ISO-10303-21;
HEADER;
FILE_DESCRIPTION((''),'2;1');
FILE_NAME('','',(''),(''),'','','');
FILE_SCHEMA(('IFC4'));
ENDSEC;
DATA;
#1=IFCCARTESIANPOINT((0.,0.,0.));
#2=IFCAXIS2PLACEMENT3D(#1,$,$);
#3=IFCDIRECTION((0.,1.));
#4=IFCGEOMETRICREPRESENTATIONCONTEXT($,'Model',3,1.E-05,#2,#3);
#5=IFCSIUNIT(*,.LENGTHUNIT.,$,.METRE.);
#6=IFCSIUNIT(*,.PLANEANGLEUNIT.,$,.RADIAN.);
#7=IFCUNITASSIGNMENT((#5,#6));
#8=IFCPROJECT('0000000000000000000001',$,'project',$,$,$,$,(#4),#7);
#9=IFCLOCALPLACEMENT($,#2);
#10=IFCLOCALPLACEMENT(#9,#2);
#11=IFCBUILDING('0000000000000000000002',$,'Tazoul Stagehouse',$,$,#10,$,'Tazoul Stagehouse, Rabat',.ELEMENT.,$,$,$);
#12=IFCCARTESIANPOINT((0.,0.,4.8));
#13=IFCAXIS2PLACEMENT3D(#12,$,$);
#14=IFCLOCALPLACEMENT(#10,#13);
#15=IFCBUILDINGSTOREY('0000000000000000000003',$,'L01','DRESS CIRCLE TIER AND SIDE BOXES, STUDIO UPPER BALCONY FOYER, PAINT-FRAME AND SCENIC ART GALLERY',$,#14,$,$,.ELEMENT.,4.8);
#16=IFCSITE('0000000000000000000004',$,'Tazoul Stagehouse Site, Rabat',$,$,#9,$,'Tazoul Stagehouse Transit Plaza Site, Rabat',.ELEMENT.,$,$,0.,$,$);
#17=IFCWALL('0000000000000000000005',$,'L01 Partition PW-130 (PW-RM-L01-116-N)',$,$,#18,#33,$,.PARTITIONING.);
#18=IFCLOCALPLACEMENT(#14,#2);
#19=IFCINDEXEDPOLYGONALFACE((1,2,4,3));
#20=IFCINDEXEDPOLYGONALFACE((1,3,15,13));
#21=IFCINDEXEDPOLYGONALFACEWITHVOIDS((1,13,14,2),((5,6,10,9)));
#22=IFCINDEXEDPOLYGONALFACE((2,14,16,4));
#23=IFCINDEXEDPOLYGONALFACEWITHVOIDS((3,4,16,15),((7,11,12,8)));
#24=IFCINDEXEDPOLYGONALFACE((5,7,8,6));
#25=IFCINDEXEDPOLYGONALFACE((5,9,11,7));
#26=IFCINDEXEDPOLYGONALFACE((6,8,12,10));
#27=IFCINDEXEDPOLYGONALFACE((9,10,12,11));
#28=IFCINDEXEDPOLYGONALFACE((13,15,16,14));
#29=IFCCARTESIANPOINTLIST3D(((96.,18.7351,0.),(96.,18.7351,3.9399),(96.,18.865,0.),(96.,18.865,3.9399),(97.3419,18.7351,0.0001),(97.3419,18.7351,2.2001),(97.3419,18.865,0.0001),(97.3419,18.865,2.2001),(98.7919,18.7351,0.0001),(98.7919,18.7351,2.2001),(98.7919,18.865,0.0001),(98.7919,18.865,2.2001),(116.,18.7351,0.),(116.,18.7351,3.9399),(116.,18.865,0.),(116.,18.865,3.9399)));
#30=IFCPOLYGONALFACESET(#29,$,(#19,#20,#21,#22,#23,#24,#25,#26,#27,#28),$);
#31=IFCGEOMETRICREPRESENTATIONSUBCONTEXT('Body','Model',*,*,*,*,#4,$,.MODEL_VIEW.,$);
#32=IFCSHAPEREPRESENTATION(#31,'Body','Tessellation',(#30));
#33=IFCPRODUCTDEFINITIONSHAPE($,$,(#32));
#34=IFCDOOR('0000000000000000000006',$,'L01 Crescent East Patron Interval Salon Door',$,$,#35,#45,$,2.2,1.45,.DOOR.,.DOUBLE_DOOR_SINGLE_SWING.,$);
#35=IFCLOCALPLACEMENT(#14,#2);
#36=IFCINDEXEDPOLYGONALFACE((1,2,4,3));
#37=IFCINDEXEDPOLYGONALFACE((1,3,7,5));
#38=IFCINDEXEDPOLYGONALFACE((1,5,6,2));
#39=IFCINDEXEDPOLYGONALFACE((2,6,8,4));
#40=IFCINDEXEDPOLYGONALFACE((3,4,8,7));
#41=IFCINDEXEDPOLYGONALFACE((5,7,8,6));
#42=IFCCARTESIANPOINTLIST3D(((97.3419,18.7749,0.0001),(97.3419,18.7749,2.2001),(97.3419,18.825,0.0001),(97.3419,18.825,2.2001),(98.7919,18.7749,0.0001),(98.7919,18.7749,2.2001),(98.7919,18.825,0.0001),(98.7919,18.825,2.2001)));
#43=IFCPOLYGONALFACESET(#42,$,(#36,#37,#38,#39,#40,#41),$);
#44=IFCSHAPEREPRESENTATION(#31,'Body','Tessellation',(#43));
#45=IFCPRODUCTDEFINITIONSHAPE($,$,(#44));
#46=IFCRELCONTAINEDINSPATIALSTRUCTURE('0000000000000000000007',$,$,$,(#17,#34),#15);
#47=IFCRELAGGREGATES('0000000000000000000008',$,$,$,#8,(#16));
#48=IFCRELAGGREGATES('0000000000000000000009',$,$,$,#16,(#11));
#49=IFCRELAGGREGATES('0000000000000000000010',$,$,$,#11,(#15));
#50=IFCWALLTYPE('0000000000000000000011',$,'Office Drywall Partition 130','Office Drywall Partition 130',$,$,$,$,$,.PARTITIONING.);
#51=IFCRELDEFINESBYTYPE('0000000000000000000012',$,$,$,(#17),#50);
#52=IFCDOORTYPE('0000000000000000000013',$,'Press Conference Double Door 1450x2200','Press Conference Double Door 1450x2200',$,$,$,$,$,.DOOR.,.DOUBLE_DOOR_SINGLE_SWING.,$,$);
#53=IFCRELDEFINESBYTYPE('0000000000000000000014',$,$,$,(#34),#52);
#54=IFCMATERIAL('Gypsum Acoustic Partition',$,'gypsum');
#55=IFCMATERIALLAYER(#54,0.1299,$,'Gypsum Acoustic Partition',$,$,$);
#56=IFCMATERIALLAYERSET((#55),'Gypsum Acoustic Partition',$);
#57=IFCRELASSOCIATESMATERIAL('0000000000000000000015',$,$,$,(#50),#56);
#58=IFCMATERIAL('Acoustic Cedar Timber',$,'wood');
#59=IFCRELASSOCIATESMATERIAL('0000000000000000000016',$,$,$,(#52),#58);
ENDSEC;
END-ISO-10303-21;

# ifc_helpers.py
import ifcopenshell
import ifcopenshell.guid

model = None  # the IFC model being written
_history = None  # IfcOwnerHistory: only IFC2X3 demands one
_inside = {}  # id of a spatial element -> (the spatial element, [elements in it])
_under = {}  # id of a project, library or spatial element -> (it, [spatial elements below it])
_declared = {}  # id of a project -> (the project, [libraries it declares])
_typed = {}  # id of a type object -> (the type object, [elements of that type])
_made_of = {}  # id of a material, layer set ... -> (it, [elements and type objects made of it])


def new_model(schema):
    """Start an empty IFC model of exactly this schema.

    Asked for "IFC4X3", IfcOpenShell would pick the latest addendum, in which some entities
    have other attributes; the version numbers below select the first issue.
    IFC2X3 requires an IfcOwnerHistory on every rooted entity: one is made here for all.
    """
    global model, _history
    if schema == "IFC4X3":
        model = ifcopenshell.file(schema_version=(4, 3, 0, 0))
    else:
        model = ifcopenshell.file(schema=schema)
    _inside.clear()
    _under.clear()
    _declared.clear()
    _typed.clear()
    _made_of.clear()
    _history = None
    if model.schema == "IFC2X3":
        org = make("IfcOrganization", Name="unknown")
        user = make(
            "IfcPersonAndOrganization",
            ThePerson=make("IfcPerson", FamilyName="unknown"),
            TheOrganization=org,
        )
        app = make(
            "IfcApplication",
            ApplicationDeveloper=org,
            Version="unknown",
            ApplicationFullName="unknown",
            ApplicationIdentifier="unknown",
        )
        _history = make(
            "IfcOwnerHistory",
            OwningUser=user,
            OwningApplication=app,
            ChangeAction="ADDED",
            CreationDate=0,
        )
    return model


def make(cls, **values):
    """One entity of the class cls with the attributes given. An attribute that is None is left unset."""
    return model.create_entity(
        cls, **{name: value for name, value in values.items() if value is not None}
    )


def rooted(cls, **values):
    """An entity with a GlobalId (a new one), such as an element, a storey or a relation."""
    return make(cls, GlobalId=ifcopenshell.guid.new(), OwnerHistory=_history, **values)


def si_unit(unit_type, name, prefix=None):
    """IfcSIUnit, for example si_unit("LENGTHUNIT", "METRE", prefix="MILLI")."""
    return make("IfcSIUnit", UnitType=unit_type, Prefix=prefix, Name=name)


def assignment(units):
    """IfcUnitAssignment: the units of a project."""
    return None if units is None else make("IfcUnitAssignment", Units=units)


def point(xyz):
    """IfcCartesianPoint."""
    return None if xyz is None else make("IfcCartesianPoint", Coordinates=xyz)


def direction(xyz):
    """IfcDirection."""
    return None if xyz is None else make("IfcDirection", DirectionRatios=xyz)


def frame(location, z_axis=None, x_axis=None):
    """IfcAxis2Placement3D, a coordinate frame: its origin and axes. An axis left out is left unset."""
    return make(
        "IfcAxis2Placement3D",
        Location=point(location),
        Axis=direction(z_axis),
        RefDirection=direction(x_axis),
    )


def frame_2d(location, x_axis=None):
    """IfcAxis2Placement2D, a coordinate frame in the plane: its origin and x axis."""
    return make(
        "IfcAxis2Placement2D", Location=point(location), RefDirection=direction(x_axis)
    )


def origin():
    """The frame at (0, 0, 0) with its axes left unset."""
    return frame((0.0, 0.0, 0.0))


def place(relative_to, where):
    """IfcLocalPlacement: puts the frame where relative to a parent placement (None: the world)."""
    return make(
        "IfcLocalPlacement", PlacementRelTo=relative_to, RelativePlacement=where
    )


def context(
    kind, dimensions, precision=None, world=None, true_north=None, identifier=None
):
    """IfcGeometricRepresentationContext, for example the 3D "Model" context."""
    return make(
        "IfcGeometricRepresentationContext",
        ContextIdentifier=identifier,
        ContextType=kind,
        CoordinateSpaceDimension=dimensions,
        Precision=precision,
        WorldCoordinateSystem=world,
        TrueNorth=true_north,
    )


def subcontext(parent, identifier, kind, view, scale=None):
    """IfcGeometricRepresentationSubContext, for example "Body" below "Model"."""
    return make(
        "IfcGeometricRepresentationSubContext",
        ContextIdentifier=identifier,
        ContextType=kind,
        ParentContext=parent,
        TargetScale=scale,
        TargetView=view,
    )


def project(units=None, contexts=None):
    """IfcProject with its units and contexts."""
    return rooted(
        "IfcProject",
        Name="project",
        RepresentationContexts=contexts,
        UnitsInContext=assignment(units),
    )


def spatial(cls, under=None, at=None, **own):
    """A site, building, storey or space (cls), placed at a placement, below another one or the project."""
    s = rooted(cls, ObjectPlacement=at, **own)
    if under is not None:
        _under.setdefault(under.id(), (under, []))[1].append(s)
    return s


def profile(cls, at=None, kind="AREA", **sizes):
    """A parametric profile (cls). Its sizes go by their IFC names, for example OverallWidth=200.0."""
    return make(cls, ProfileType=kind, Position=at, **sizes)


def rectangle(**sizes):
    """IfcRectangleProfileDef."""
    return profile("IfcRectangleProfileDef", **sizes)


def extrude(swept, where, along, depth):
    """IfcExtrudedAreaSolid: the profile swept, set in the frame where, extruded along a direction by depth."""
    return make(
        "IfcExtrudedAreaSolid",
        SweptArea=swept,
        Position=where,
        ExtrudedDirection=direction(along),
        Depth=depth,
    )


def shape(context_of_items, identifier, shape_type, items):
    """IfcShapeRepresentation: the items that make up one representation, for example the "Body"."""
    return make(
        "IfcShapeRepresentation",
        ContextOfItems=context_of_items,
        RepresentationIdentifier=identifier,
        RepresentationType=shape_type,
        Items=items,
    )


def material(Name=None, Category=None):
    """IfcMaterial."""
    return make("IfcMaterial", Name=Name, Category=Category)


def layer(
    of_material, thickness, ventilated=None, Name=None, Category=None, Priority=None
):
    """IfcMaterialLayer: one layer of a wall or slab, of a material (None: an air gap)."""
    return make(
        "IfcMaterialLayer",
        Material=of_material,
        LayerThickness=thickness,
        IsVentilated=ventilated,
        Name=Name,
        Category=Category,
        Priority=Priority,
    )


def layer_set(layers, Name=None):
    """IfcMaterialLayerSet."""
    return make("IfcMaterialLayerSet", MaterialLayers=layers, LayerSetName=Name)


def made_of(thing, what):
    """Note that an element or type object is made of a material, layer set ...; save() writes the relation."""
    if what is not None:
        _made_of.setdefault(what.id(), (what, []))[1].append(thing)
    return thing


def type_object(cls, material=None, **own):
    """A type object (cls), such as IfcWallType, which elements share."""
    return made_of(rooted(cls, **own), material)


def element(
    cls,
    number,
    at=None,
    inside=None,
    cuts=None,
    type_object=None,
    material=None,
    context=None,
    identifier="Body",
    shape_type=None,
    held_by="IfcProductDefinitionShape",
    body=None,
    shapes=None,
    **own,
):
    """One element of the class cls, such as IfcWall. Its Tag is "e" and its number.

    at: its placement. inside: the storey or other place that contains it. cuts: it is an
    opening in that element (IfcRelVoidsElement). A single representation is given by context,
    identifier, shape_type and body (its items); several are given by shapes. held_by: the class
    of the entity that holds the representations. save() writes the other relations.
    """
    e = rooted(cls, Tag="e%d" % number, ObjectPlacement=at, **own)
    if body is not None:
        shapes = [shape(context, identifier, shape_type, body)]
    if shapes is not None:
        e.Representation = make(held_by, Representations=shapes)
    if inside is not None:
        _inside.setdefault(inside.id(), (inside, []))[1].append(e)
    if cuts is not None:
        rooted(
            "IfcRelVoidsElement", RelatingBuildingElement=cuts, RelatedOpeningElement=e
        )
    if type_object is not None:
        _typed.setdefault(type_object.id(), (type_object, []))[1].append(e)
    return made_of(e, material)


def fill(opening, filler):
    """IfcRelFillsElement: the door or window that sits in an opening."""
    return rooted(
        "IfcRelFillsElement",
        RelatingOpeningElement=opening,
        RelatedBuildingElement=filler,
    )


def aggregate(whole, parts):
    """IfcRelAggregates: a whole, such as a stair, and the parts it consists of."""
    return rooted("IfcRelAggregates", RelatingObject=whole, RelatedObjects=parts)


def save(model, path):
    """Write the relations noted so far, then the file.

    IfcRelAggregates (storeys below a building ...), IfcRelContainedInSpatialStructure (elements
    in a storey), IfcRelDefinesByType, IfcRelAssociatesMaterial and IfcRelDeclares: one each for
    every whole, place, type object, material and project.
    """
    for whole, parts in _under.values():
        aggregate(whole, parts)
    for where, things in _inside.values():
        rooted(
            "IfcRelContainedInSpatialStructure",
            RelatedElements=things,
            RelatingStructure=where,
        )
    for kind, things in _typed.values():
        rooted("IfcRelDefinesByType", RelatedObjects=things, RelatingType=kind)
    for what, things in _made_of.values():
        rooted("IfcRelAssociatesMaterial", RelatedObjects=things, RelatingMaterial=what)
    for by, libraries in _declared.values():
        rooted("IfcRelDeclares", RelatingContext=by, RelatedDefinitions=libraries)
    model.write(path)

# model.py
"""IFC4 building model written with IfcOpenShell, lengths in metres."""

from ifc_helpers import new_model, si_unit, direction, frame, frame_2d, origin, place, context, subcontext, project, spatial, rectangle, extrude, material, layer, layer_set, type_object, element, fill, save


model = new_model("IFC4")

# Units and contexts
model_context = context("Model", 3, precision=1e-05, world=origin(), true_north=direction((0.0, 1.0)))
body_context = subcontext(model_context, "Body", "Model", "MODEL_VIEW")
ifc_project = project(units=[si_unit("LENGTHUNIT", "METRE"), si_unit("PLANEANGLEUNIT", "RADIAN")], contexts=[model_context])

# Site, building, storey
site_placement = place(None, origin())
site = spatial("IfcSite", under=ifc_project, at=site_placement, Name="Tazoul Stagehouse Site, Rabat", LongName="Tazoul Stagehouse Transit Plaza Site, Rabat", CompositionType="ELEMENT", RefElevation=0.0)
building_placement = place(site_placement, origin())
building = spatial("IfcBuilding", under=site, at=building_placement, Name="Tazoul Stagehouse", LongName="Tazoul Stagehouse, Rabat", CompositionType="ELEMENT")
storey_placement = place(building_placement, frame((0.0, 0.0, 4.8)))
storey = spatial("IfcBuildingStorey", under=building, at=storey_placement, Name="L01", Description="DRESS CIRCLE TIER AND SIDE BOXES, STUDIO UPPER BALCONY FOYER, PAINT-FRAME AND SCENIC ART GALLERY", CompositionType="ELEMENT", Elevation=4.8)

# Wall, opening, door
ifc_material_1 = material(Name="Gypsum Acoustic Partition", Category="gypsum")
ifc_layer_1 = layer(ifc_material_1, 0.1299, Name="Gypsum Acoustic Partition")
ifc_layer_set_1 = layer_set([ifc_layer_1], Name="Gypsum Acoustic Partition")
wall_type_1 = type_object("IfcWallType", Name="Office Drywall Partition 130", Description="Office Drywall Partition 130", PredefinedType="PARTITIONING", material=ifc_layer_set_1)
wall_1_placement = place(storey_placement, frame((96.0, 18.8, 0.0), z_axis=(0.0, 0.0, 1.0), x_axis=(1.0, 0.0, 0.0)))
wall_1 = element("IfcWall", 1, at=wall_1_placement, inside=storey, type_object=wall_type_1, Name="L01 Partition PW-130 (PW-RM-L01-116-N)", PredefinedType="PARTITIONING", context=body_context, shape_type="SweptSolid", body=[
    extrude(rectangle(XDim=20.0, YDim=0.1299, at=frame_2d((10.0, 0.0))), origin(), (0.0, 0.0, 1.0), 3.9399),
])
opening_1_placement = place(wall_1_placement, frame((1.3418, 0.0, 0.0)))
opening_1 = element("IfcOpeningElement", 2, at=opening_1_placement, cuts=wall_1, PredefinedType="OPENING", context=body_context, shape_type="SweptSolid", body=[
    extrude(rectangle(XDim=1.45, YDim=2.2, at=frame_2d((0.7251, 1.1001))), frame((0.0, 0.085, 0.0), z_axis=(0.0, -1.0, 0.0), x_axis=(1.0, 0.0, 0.0)), (0.0, 0.0, 1.0), 0.1699),
])
ifc_material_2 = material(Name="Acoustic Cedar Timber", Category="wood")
door_type = type_object("IfcDoorType", Name="Press Conference Double Door 1450x2200", Description="Press Conference Double Door 1450x2200", OperationType="DOUBLE_DOOR_SINGLE_SWING", PredefinedType="DOOR", material=ifc_material_2)
door_placement = place(opening_1_placement, origin())
door = element("IfcDoor", 3, at=door_placement, inside=storey, type_object=door_type, Name="L01 Crescent East Patron Interval Salon Door", OperationType="DOUBLE_DOOR_SINGLE_SWING", OverallHeight=2.2, OverallWidth=1.45, PredefinedType="DOOR", context=body_context, shape_type="SweptSolid", body=[
    extrude(rectangle(XDim=1.45, YDim=2.2, at=frame_2d((0.7251, 1.1001))), frame((0.0, 0.0249, 0.0), z_axis=(0.0, -1.0, 0.0), x_axis=(1.0, 0.0, 0.0)), (0.0, 0.0, 1.0), 0.05),
])
fill(opening_1, door)

save(model, "model.ifc")
